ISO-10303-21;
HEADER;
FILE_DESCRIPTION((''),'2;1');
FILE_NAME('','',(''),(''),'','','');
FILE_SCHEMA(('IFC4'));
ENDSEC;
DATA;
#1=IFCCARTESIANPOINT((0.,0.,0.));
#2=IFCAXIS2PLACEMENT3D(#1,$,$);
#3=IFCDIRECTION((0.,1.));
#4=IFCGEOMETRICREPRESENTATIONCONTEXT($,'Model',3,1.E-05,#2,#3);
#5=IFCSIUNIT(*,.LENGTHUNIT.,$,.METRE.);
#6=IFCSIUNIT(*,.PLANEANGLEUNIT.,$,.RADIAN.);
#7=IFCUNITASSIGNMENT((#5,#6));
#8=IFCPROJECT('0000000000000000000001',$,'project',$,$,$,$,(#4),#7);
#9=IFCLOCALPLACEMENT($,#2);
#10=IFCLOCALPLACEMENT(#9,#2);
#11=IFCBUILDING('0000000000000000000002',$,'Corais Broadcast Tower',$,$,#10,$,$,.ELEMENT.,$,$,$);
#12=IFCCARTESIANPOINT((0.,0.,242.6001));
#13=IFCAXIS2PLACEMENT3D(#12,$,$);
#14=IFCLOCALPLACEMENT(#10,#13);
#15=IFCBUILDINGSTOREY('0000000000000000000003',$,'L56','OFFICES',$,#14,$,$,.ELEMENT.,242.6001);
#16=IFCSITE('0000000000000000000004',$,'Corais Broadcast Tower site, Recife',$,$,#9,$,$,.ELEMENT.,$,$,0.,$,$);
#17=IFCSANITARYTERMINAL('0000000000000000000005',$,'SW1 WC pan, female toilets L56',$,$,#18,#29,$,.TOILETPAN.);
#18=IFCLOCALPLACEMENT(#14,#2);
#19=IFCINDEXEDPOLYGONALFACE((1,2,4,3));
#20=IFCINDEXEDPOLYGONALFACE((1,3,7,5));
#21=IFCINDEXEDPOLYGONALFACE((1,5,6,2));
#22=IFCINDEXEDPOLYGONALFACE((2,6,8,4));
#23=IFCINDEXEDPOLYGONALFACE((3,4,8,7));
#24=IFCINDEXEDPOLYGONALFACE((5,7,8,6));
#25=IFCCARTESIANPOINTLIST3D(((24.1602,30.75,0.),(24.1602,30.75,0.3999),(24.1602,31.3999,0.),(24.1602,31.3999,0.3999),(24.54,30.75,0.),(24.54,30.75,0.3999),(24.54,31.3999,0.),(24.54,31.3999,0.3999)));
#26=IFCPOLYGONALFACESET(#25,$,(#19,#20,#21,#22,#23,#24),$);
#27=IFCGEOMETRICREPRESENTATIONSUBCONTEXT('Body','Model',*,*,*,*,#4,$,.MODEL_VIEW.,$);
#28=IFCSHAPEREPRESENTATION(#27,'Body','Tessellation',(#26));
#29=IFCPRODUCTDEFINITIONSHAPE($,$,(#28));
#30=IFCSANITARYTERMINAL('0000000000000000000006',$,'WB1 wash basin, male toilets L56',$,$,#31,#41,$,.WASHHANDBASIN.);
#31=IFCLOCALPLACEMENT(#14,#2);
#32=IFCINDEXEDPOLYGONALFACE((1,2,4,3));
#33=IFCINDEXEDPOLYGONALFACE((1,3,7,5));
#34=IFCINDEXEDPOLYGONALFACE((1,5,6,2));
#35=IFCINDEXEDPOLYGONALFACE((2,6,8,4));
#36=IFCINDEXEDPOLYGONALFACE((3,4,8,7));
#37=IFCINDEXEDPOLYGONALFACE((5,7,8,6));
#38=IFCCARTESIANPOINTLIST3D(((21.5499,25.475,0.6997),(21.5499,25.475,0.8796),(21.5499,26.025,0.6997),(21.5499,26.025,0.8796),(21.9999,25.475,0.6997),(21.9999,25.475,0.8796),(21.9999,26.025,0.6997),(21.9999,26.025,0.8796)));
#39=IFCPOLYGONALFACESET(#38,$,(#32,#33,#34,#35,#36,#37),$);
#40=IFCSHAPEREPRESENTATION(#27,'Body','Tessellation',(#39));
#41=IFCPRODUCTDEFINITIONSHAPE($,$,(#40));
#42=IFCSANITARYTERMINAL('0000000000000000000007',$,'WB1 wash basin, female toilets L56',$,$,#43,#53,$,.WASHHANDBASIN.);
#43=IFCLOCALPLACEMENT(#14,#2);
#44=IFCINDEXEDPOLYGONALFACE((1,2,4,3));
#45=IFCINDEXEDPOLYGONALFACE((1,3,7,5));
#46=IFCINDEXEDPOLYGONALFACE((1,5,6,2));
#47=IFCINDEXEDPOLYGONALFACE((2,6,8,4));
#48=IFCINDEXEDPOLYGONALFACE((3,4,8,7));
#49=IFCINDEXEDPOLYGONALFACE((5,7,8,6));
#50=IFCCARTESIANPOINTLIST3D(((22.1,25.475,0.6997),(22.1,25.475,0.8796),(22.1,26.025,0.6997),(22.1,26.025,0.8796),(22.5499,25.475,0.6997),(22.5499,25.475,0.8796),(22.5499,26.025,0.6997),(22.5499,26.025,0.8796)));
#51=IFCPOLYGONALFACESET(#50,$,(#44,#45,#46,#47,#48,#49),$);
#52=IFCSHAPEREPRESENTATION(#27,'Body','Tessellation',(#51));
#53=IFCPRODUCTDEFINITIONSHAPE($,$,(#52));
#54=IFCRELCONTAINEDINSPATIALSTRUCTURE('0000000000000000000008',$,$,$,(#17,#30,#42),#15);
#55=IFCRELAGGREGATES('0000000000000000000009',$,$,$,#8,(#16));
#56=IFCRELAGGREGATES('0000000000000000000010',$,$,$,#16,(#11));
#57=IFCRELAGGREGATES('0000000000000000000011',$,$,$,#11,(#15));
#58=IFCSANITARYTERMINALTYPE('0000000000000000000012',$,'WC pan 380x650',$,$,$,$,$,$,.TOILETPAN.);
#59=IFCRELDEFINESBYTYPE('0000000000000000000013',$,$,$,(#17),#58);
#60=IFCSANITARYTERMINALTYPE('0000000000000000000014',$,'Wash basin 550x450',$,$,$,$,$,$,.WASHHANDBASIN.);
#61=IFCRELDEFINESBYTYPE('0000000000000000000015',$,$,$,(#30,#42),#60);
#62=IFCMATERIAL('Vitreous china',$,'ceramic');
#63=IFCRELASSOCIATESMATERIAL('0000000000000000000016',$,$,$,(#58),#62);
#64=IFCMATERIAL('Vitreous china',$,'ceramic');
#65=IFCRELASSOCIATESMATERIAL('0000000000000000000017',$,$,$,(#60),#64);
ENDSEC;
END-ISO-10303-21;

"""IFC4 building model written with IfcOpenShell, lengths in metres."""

from ifc_helpers import new_model, si_unit, direction, frame, origin, origin_2d, place, context, subcontext, project, spatial, rectangle, extrude, material, type_object, element, save


model = new_model("IFC4")

# Units and contexts
model_context = context("Model", 3, precision=1e-05, world=origin(), true_north=direction((0.0, 1.0)))
body_context = subcontext(model_context, "Body", "Model", "MODEL_VIEW")
ifc_project = project(units=[si_unit("LENGTHUNIT", "METRE"), si_unit("PLANEANGLEUNIT", "RADIAN")], contexts=[model_context])

# Site, building, storey
site_placement = place(None, origin())
site = spatial("IfcSite", under=ifc_project, at=site_placement, Name="Corais Broadcast Tower site, Recife", CompositionType="ELEMENT", RefElevation=0.0)
building_placement = place(site_placement, origin())
building = spatial("IfcBuilding", under=site, at=building_placement, Name="Corais Broadcast Tower", CompositionType="ELEMENT")
storey_placement = place(building_placement, frame((0.0, 0.0, 242.6001)))
storey = spatial("IfcBuildingStorey", under=building, at=storey_placement, Name="L56", Description="OFFICES", CompositionType="ELEMENT", Elevation=242.6001)

# Sanitary terminals
ifc_material_1 = material(Name="Vitreous china", Category="ceramic")
sanitary_terminal_type_1 = type_object("IfcSanitaryTerminalType", Name="WC pan 380x650", PredefinedType="TOILETPAN", material=ifc_material_1)
for number, where, z_axis, x_axis, name in (
    (1, (24.3501, 31.075, 0.0), (0.0, 0.0, 1.0), (1.0, 0.0, 0.0), "SW1 WC pan, female toilets L56"),
):
    element("IfcSanitaryTerminal", number, at=place(storey_placement, frame(where, z_axis=z_axis, x_axis=x_axis)), inside=storey, type_object=sanitary_terminal_type_1, Name=name, PredefinedType="TOILETPAN", context=body_context, shape_type="SweptSolid", body=[
        extrude(rectangle(XDim=0.3799, YDim=0.6499, at=origin_2d()), origin(), (0.0, 0.0, 1.0), 0.3999),
    ])
ifc_material_2 = material(Name="Vitreous china", Category="ceramic")
sanitary_terminal_type_2 = type_object("IfcSanitaryTerminalType", Name="Wash basin 550x450", PredefinedType="WASHHANDBASIN", material=ifc_material_2)
for number, where, z_axis, x_axis, name in (
    (2, (21.7749, 25.75, 0.6997), (0.0, 0.0, 1.0), (1.0, 0.0, 0.0), "WB1 wash basin, male toilets L56"),
    (3, (22.325, 25.75, 0.6997), (0.0, 0.0, 1.0), (1.0, 0.0, 0.0), "WB1 wash basin, female toilets L56"),
):
    element("IfcSanitaryTerminal", number, at=place(storey_placement, frame(where, z_axis=z_axis, x_axis=x_axis)), inside=storey, type_object=sanitary_terminal_type_2, Name=name, PredefinedType="WASHHANDBASIN", context=body_context, shape_type="SweptSolid", body=[
        extrude(rectangle(XDim=0.45, YDim=0.55, at=origin_2d()), origin(), (0.0, 0.0, 1.0), 0.1799),
    ])

save(model, "model.ifc")
